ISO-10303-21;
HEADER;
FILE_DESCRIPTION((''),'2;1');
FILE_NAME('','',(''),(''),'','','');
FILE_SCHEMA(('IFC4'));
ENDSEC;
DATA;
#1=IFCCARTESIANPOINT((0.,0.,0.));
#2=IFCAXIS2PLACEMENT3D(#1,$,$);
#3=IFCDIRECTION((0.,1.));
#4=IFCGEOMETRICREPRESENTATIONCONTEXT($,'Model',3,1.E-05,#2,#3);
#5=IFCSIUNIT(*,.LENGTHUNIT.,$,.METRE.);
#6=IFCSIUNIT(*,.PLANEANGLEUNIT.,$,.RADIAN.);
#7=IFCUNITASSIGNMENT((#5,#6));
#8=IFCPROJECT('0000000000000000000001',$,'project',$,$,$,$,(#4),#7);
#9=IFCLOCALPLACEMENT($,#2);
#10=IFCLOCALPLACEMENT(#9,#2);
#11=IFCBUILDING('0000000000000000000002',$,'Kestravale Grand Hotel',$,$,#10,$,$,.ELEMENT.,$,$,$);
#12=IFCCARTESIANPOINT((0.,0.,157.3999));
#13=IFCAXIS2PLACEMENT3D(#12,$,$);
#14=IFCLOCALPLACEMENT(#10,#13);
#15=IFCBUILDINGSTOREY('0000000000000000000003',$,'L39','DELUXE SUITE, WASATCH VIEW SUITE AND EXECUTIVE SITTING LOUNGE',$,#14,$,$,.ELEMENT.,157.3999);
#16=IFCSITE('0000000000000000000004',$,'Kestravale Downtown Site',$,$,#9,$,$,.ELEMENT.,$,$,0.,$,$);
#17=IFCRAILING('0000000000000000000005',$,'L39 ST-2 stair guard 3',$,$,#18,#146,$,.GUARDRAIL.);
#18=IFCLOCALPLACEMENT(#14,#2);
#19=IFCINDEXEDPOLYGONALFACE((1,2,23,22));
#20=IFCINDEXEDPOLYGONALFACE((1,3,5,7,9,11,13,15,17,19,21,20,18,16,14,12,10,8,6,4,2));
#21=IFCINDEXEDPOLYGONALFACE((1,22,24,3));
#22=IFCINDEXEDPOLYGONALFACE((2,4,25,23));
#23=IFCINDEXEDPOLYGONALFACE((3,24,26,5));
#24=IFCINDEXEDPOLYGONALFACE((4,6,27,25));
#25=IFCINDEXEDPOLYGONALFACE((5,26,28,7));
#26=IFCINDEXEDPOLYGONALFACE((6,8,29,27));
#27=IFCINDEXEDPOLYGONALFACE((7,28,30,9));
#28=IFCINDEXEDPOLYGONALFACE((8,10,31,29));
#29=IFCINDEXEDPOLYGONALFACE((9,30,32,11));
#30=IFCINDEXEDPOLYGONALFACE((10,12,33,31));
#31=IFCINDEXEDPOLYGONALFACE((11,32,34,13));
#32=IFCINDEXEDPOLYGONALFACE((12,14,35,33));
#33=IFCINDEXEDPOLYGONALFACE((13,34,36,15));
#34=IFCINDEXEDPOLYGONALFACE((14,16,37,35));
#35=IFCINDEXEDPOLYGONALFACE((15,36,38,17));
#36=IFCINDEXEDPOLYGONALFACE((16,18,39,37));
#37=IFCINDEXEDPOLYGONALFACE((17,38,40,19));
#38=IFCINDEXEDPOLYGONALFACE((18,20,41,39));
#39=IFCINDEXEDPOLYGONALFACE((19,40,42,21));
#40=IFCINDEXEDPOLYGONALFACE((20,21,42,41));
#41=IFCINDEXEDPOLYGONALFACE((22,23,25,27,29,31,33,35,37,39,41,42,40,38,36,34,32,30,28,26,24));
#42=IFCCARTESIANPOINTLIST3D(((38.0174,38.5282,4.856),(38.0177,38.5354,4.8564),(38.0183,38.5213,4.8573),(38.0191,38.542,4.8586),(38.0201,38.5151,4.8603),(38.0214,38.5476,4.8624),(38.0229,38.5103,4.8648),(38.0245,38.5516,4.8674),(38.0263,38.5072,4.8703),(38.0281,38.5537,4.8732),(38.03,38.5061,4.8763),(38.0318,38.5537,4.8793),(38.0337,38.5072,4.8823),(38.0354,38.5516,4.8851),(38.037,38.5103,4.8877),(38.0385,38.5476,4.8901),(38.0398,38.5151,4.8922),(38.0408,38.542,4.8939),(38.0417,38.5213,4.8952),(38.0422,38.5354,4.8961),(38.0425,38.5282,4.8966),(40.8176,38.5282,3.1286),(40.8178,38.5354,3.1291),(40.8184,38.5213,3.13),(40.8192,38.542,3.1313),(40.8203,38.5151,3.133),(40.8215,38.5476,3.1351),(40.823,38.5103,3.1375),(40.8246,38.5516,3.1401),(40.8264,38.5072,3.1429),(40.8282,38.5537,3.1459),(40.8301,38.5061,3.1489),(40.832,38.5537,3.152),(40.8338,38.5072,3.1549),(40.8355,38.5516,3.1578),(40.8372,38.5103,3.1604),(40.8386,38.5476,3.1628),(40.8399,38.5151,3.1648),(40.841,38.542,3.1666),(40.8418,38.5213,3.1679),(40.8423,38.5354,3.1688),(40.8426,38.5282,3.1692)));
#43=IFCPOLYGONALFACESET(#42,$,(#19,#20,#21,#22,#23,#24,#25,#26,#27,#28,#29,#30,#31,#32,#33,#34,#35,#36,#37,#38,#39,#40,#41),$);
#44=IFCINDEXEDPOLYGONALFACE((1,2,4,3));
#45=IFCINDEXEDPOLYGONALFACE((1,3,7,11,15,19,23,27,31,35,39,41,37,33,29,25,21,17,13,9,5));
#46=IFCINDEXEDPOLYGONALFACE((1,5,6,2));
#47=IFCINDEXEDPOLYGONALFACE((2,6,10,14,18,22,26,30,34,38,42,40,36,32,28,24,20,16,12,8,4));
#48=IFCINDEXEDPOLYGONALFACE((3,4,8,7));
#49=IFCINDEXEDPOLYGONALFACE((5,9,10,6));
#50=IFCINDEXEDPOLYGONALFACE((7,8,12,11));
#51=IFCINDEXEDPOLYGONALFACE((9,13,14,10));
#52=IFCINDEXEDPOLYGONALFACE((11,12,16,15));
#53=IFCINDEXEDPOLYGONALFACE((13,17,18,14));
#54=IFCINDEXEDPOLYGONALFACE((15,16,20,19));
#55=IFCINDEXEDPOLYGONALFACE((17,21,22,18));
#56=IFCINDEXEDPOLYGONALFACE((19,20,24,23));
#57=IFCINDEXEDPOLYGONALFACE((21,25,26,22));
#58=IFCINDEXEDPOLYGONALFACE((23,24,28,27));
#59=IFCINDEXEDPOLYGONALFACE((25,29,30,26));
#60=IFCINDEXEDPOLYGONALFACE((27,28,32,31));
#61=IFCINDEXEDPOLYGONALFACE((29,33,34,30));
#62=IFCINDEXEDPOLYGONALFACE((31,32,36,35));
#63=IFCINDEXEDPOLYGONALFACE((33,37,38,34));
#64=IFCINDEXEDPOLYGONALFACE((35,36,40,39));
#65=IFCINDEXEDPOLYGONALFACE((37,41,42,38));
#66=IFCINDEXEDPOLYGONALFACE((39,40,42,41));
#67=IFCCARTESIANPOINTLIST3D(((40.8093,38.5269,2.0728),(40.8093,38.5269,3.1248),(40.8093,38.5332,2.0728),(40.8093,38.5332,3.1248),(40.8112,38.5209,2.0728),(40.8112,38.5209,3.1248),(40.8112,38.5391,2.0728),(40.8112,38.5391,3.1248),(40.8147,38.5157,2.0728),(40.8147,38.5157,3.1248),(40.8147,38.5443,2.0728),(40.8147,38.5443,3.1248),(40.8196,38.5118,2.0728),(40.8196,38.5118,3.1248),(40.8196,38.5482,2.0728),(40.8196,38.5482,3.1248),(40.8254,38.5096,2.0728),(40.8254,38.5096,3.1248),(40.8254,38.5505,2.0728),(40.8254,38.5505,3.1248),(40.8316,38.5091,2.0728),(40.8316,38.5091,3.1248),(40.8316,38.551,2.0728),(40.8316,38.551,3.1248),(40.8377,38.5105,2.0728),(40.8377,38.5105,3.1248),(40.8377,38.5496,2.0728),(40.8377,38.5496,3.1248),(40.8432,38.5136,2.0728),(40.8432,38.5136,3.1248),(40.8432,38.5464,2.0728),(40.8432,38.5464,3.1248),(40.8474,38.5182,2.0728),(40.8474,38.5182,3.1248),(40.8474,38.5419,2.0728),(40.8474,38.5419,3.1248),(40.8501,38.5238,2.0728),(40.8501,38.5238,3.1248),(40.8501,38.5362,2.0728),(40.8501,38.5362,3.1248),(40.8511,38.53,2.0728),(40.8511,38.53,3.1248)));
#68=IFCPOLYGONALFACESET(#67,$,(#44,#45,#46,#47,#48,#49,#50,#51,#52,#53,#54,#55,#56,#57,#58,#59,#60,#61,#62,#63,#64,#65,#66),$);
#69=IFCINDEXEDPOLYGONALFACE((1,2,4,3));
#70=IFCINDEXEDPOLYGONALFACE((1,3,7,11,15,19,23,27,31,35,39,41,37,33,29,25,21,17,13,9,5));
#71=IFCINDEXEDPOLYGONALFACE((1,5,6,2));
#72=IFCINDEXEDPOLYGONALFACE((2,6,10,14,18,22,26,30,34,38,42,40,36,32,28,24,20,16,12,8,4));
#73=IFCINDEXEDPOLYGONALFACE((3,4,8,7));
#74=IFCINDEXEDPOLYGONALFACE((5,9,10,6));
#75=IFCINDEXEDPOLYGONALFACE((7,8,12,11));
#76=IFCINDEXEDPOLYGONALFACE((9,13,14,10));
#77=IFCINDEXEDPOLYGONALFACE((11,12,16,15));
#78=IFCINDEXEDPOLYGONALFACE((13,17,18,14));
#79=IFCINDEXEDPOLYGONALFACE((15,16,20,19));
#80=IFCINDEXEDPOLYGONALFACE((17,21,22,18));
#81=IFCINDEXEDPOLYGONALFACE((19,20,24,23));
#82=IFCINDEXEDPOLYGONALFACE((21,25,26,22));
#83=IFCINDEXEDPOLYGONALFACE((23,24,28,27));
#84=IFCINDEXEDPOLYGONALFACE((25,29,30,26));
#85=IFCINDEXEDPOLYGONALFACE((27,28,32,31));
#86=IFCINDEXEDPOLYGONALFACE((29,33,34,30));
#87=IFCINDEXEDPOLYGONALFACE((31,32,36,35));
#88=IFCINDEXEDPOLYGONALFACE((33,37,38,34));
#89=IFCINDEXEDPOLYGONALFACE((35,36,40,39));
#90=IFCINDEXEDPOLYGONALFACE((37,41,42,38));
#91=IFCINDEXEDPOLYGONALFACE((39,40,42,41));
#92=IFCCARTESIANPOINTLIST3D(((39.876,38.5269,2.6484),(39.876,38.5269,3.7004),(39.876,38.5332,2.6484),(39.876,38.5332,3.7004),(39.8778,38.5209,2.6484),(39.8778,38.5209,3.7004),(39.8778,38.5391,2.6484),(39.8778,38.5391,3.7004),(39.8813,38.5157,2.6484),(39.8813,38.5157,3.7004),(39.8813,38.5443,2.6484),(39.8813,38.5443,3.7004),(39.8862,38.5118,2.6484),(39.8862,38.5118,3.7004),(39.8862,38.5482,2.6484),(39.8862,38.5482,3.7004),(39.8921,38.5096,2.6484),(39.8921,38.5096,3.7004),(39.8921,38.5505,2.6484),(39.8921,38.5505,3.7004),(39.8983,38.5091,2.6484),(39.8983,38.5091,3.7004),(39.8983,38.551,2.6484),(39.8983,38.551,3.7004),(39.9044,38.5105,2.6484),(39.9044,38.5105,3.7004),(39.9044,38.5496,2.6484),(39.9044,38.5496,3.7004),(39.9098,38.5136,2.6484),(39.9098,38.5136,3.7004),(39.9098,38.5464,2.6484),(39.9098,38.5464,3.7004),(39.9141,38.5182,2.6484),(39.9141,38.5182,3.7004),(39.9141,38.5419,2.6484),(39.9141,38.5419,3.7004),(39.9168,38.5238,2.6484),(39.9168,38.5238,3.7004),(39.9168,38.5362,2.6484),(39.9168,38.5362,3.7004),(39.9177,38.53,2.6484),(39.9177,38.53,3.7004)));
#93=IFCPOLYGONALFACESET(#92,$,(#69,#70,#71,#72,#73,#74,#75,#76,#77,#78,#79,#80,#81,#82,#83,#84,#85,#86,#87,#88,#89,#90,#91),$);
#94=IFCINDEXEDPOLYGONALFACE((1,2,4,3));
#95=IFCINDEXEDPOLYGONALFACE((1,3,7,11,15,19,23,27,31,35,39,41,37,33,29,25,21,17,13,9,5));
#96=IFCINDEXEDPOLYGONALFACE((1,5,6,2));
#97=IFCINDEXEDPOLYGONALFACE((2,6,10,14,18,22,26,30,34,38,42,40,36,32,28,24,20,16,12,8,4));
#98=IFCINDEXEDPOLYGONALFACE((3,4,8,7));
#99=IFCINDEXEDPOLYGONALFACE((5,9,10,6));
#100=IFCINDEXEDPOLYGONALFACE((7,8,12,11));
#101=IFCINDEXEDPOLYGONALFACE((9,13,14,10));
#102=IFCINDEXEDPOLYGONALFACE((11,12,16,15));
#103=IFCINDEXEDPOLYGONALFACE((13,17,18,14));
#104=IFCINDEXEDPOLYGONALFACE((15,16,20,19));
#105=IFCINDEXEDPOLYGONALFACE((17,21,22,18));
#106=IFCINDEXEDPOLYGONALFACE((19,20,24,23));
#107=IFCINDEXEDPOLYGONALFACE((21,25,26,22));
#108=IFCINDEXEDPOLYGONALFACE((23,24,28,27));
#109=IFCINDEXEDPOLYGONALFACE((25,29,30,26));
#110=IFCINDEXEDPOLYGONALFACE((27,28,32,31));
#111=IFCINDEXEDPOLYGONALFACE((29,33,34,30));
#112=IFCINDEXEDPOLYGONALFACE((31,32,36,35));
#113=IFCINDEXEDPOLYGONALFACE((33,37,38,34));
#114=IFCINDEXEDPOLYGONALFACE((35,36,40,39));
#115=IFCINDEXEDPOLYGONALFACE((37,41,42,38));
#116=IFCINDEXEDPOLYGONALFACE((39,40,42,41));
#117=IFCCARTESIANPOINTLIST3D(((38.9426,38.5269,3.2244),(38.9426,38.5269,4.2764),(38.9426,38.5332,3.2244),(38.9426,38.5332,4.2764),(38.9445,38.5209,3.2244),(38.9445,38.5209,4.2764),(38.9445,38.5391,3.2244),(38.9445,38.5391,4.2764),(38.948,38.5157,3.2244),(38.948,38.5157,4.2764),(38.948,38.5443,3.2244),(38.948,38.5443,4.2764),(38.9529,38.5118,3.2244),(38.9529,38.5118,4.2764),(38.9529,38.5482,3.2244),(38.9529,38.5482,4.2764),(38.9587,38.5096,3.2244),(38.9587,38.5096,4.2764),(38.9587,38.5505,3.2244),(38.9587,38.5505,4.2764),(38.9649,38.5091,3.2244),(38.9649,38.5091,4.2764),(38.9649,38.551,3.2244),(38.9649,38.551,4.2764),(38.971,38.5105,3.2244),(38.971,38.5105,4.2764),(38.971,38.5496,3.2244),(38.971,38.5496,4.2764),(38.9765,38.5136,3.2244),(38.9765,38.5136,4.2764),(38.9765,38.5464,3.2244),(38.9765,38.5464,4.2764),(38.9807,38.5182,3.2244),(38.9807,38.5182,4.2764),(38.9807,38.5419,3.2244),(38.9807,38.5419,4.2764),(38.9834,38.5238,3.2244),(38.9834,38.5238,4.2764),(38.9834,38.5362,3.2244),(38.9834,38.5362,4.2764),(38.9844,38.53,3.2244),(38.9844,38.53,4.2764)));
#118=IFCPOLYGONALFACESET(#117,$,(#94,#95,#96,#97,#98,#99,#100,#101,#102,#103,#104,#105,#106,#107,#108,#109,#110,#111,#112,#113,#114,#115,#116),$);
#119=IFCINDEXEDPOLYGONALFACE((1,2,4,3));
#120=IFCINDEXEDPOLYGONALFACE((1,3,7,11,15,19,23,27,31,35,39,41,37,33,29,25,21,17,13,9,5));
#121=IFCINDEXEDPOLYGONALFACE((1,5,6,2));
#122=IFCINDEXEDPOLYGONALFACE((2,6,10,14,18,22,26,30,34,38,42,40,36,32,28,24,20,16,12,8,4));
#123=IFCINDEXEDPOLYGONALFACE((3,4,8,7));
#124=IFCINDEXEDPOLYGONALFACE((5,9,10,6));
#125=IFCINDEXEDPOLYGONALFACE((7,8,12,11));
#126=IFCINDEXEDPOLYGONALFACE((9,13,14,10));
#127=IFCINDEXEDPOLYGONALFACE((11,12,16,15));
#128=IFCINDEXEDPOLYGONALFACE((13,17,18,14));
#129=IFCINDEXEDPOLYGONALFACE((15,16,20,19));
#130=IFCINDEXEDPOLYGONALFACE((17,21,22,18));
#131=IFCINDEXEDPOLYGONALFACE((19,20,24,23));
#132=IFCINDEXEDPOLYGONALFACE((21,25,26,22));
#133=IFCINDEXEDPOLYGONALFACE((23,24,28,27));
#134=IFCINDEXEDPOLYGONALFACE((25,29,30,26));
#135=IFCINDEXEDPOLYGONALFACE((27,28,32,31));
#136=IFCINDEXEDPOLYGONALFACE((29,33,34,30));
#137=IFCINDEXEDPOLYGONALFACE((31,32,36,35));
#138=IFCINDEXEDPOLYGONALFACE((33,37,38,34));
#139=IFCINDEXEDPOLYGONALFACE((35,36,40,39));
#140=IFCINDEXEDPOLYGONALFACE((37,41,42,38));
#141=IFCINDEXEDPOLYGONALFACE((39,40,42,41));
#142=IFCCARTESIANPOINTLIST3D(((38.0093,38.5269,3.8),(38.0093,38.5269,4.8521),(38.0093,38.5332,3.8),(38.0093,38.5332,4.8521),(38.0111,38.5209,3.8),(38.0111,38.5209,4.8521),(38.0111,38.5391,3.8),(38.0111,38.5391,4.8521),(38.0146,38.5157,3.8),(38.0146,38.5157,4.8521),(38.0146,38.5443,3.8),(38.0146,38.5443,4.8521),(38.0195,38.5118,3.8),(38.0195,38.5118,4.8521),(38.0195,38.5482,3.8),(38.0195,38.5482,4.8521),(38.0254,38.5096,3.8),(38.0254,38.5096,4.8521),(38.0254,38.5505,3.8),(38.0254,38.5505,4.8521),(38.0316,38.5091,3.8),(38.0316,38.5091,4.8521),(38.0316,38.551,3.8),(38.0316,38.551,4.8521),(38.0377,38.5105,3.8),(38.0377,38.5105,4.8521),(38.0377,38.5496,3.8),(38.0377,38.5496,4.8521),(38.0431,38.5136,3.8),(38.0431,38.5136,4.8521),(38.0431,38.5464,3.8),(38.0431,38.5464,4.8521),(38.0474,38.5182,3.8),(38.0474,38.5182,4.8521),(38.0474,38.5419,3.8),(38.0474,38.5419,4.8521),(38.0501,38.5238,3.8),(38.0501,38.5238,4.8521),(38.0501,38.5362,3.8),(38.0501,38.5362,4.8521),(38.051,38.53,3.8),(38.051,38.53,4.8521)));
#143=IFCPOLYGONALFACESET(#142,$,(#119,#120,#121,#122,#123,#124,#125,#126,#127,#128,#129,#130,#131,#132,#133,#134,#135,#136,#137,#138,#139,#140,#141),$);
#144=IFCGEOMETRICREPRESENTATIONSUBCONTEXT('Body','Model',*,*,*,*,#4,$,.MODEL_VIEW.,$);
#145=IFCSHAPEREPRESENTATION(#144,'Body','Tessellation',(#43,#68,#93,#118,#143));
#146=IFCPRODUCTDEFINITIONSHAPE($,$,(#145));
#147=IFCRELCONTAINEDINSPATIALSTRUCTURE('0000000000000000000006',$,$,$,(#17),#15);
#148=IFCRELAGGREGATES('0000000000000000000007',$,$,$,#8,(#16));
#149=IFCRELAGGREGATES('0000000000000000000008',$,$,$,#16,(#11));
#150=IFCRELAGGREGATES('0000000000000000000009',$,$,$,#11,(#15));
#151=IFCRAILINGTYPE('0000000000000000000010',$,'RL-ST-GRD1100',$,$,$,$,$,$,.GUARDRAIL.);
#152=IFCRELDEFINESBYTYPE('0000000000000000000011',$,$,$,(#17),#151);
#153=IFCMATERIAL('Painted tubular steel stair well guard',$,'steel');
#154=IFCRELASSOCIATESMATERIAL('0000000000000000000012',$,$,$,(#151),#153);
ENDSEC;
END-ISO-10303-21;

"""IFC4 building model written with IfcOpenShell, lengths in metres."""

from ifc_helpers import new_model, si_unit, direction, frame, origin, origin_2d, place, context, subcontext, project, spatial, circle, extrude, material, type_object, element, save


model = new_model("IFC4")

# Units and contexts
model_context = context("Model", 3, precision=1e-05, world=origin(), true_north=direction((0.0, 1.0)))
body_context = subcontext(model_context, "Body", "Model", "MODEL_VIEW")
ifc_project = project(units=[si_unit("LENGTHUNIT", "METRE"), si_unit("PLANEANGLEUNIT", "RADIAN")], contexts=[model_context])

# Site, building, storey
site_placement = place(None, origin())
site = spatial("IfcSite", under=ifc_project, at=site_placement, Name="Kestravale Downtown Site", CompositionType="ELEMENT", RefElevation=0.0)
building_placement = place(site_placement, origin())
building = spatial("IfcBuilding", under=site, at=building_placement, Name="Kestravale Grand Hotel", CompositionType="ELEMENT")
storey_placement = place(building_placement, frame((0.0, 0.0, 157.3999)))
storey = spatial("IfcBuildingStorey", under=building, at=storey_placement, Name="L39", Description="DELUXE SUITE, WASATCH VIEW SUITE AND EXECUTIVE SITTING LOUNGE", CompositionType="ELEMENT", Elevation=157.3999)

# Railing
ifc_material_1 = material(Name="Painted tubular steel stair well guard", Category="steel")
railing_type_1 = type_object("IfcRailingType", Name="RL-ST-GRD1100", PredefinedType="GUARDRAIL", material=ifc_material_1)
railing_1_placement = place(storey_placement, frame((40.8301, 38.53, 2.0728)))
element("IfcRailing", 1, at=railing_1_placement, inside=storey, type_object=railing_type_1, Name="L39 ST-2 stair guard 3", PredefinedType="GUARDRAIL", context=body_context, shape_type="SweptSolid", body=[
    extrude(circle(Radius=0.0239, at=origin_2d()), frame((0.0, 0.0, 1.0762), z_axis=(-0.85109, 0.0, 0.52502), x_axis=(0.0, -1.0, 0.0)), (0.0, 0.0, 1.0), 3.29),
    extrude(circle(Radius=0.021, at=origin_2d()), origin(), (0.0, 0.0, 1.0), 1.052),
    extrude(circle(Radius=0.021, at=origin_2d()), frame((-0.9333, 0.0, 0.5757)), (0.0, 0.0, 1.0), 1.052),
    extrude(circle(Radius=0.021, at=origin_2d()), frame((-1.8667, 0.0, 1.1516)), (0.0, 0.0, 1.0), 1.052),
    extrude(circle(Radius=0.021, at=origin_2d()), frame((-2.8, 0.0, 1.7273)), (0.0, 0.0, 1.0), 1.052),
])

save(model, "model.ifc")
